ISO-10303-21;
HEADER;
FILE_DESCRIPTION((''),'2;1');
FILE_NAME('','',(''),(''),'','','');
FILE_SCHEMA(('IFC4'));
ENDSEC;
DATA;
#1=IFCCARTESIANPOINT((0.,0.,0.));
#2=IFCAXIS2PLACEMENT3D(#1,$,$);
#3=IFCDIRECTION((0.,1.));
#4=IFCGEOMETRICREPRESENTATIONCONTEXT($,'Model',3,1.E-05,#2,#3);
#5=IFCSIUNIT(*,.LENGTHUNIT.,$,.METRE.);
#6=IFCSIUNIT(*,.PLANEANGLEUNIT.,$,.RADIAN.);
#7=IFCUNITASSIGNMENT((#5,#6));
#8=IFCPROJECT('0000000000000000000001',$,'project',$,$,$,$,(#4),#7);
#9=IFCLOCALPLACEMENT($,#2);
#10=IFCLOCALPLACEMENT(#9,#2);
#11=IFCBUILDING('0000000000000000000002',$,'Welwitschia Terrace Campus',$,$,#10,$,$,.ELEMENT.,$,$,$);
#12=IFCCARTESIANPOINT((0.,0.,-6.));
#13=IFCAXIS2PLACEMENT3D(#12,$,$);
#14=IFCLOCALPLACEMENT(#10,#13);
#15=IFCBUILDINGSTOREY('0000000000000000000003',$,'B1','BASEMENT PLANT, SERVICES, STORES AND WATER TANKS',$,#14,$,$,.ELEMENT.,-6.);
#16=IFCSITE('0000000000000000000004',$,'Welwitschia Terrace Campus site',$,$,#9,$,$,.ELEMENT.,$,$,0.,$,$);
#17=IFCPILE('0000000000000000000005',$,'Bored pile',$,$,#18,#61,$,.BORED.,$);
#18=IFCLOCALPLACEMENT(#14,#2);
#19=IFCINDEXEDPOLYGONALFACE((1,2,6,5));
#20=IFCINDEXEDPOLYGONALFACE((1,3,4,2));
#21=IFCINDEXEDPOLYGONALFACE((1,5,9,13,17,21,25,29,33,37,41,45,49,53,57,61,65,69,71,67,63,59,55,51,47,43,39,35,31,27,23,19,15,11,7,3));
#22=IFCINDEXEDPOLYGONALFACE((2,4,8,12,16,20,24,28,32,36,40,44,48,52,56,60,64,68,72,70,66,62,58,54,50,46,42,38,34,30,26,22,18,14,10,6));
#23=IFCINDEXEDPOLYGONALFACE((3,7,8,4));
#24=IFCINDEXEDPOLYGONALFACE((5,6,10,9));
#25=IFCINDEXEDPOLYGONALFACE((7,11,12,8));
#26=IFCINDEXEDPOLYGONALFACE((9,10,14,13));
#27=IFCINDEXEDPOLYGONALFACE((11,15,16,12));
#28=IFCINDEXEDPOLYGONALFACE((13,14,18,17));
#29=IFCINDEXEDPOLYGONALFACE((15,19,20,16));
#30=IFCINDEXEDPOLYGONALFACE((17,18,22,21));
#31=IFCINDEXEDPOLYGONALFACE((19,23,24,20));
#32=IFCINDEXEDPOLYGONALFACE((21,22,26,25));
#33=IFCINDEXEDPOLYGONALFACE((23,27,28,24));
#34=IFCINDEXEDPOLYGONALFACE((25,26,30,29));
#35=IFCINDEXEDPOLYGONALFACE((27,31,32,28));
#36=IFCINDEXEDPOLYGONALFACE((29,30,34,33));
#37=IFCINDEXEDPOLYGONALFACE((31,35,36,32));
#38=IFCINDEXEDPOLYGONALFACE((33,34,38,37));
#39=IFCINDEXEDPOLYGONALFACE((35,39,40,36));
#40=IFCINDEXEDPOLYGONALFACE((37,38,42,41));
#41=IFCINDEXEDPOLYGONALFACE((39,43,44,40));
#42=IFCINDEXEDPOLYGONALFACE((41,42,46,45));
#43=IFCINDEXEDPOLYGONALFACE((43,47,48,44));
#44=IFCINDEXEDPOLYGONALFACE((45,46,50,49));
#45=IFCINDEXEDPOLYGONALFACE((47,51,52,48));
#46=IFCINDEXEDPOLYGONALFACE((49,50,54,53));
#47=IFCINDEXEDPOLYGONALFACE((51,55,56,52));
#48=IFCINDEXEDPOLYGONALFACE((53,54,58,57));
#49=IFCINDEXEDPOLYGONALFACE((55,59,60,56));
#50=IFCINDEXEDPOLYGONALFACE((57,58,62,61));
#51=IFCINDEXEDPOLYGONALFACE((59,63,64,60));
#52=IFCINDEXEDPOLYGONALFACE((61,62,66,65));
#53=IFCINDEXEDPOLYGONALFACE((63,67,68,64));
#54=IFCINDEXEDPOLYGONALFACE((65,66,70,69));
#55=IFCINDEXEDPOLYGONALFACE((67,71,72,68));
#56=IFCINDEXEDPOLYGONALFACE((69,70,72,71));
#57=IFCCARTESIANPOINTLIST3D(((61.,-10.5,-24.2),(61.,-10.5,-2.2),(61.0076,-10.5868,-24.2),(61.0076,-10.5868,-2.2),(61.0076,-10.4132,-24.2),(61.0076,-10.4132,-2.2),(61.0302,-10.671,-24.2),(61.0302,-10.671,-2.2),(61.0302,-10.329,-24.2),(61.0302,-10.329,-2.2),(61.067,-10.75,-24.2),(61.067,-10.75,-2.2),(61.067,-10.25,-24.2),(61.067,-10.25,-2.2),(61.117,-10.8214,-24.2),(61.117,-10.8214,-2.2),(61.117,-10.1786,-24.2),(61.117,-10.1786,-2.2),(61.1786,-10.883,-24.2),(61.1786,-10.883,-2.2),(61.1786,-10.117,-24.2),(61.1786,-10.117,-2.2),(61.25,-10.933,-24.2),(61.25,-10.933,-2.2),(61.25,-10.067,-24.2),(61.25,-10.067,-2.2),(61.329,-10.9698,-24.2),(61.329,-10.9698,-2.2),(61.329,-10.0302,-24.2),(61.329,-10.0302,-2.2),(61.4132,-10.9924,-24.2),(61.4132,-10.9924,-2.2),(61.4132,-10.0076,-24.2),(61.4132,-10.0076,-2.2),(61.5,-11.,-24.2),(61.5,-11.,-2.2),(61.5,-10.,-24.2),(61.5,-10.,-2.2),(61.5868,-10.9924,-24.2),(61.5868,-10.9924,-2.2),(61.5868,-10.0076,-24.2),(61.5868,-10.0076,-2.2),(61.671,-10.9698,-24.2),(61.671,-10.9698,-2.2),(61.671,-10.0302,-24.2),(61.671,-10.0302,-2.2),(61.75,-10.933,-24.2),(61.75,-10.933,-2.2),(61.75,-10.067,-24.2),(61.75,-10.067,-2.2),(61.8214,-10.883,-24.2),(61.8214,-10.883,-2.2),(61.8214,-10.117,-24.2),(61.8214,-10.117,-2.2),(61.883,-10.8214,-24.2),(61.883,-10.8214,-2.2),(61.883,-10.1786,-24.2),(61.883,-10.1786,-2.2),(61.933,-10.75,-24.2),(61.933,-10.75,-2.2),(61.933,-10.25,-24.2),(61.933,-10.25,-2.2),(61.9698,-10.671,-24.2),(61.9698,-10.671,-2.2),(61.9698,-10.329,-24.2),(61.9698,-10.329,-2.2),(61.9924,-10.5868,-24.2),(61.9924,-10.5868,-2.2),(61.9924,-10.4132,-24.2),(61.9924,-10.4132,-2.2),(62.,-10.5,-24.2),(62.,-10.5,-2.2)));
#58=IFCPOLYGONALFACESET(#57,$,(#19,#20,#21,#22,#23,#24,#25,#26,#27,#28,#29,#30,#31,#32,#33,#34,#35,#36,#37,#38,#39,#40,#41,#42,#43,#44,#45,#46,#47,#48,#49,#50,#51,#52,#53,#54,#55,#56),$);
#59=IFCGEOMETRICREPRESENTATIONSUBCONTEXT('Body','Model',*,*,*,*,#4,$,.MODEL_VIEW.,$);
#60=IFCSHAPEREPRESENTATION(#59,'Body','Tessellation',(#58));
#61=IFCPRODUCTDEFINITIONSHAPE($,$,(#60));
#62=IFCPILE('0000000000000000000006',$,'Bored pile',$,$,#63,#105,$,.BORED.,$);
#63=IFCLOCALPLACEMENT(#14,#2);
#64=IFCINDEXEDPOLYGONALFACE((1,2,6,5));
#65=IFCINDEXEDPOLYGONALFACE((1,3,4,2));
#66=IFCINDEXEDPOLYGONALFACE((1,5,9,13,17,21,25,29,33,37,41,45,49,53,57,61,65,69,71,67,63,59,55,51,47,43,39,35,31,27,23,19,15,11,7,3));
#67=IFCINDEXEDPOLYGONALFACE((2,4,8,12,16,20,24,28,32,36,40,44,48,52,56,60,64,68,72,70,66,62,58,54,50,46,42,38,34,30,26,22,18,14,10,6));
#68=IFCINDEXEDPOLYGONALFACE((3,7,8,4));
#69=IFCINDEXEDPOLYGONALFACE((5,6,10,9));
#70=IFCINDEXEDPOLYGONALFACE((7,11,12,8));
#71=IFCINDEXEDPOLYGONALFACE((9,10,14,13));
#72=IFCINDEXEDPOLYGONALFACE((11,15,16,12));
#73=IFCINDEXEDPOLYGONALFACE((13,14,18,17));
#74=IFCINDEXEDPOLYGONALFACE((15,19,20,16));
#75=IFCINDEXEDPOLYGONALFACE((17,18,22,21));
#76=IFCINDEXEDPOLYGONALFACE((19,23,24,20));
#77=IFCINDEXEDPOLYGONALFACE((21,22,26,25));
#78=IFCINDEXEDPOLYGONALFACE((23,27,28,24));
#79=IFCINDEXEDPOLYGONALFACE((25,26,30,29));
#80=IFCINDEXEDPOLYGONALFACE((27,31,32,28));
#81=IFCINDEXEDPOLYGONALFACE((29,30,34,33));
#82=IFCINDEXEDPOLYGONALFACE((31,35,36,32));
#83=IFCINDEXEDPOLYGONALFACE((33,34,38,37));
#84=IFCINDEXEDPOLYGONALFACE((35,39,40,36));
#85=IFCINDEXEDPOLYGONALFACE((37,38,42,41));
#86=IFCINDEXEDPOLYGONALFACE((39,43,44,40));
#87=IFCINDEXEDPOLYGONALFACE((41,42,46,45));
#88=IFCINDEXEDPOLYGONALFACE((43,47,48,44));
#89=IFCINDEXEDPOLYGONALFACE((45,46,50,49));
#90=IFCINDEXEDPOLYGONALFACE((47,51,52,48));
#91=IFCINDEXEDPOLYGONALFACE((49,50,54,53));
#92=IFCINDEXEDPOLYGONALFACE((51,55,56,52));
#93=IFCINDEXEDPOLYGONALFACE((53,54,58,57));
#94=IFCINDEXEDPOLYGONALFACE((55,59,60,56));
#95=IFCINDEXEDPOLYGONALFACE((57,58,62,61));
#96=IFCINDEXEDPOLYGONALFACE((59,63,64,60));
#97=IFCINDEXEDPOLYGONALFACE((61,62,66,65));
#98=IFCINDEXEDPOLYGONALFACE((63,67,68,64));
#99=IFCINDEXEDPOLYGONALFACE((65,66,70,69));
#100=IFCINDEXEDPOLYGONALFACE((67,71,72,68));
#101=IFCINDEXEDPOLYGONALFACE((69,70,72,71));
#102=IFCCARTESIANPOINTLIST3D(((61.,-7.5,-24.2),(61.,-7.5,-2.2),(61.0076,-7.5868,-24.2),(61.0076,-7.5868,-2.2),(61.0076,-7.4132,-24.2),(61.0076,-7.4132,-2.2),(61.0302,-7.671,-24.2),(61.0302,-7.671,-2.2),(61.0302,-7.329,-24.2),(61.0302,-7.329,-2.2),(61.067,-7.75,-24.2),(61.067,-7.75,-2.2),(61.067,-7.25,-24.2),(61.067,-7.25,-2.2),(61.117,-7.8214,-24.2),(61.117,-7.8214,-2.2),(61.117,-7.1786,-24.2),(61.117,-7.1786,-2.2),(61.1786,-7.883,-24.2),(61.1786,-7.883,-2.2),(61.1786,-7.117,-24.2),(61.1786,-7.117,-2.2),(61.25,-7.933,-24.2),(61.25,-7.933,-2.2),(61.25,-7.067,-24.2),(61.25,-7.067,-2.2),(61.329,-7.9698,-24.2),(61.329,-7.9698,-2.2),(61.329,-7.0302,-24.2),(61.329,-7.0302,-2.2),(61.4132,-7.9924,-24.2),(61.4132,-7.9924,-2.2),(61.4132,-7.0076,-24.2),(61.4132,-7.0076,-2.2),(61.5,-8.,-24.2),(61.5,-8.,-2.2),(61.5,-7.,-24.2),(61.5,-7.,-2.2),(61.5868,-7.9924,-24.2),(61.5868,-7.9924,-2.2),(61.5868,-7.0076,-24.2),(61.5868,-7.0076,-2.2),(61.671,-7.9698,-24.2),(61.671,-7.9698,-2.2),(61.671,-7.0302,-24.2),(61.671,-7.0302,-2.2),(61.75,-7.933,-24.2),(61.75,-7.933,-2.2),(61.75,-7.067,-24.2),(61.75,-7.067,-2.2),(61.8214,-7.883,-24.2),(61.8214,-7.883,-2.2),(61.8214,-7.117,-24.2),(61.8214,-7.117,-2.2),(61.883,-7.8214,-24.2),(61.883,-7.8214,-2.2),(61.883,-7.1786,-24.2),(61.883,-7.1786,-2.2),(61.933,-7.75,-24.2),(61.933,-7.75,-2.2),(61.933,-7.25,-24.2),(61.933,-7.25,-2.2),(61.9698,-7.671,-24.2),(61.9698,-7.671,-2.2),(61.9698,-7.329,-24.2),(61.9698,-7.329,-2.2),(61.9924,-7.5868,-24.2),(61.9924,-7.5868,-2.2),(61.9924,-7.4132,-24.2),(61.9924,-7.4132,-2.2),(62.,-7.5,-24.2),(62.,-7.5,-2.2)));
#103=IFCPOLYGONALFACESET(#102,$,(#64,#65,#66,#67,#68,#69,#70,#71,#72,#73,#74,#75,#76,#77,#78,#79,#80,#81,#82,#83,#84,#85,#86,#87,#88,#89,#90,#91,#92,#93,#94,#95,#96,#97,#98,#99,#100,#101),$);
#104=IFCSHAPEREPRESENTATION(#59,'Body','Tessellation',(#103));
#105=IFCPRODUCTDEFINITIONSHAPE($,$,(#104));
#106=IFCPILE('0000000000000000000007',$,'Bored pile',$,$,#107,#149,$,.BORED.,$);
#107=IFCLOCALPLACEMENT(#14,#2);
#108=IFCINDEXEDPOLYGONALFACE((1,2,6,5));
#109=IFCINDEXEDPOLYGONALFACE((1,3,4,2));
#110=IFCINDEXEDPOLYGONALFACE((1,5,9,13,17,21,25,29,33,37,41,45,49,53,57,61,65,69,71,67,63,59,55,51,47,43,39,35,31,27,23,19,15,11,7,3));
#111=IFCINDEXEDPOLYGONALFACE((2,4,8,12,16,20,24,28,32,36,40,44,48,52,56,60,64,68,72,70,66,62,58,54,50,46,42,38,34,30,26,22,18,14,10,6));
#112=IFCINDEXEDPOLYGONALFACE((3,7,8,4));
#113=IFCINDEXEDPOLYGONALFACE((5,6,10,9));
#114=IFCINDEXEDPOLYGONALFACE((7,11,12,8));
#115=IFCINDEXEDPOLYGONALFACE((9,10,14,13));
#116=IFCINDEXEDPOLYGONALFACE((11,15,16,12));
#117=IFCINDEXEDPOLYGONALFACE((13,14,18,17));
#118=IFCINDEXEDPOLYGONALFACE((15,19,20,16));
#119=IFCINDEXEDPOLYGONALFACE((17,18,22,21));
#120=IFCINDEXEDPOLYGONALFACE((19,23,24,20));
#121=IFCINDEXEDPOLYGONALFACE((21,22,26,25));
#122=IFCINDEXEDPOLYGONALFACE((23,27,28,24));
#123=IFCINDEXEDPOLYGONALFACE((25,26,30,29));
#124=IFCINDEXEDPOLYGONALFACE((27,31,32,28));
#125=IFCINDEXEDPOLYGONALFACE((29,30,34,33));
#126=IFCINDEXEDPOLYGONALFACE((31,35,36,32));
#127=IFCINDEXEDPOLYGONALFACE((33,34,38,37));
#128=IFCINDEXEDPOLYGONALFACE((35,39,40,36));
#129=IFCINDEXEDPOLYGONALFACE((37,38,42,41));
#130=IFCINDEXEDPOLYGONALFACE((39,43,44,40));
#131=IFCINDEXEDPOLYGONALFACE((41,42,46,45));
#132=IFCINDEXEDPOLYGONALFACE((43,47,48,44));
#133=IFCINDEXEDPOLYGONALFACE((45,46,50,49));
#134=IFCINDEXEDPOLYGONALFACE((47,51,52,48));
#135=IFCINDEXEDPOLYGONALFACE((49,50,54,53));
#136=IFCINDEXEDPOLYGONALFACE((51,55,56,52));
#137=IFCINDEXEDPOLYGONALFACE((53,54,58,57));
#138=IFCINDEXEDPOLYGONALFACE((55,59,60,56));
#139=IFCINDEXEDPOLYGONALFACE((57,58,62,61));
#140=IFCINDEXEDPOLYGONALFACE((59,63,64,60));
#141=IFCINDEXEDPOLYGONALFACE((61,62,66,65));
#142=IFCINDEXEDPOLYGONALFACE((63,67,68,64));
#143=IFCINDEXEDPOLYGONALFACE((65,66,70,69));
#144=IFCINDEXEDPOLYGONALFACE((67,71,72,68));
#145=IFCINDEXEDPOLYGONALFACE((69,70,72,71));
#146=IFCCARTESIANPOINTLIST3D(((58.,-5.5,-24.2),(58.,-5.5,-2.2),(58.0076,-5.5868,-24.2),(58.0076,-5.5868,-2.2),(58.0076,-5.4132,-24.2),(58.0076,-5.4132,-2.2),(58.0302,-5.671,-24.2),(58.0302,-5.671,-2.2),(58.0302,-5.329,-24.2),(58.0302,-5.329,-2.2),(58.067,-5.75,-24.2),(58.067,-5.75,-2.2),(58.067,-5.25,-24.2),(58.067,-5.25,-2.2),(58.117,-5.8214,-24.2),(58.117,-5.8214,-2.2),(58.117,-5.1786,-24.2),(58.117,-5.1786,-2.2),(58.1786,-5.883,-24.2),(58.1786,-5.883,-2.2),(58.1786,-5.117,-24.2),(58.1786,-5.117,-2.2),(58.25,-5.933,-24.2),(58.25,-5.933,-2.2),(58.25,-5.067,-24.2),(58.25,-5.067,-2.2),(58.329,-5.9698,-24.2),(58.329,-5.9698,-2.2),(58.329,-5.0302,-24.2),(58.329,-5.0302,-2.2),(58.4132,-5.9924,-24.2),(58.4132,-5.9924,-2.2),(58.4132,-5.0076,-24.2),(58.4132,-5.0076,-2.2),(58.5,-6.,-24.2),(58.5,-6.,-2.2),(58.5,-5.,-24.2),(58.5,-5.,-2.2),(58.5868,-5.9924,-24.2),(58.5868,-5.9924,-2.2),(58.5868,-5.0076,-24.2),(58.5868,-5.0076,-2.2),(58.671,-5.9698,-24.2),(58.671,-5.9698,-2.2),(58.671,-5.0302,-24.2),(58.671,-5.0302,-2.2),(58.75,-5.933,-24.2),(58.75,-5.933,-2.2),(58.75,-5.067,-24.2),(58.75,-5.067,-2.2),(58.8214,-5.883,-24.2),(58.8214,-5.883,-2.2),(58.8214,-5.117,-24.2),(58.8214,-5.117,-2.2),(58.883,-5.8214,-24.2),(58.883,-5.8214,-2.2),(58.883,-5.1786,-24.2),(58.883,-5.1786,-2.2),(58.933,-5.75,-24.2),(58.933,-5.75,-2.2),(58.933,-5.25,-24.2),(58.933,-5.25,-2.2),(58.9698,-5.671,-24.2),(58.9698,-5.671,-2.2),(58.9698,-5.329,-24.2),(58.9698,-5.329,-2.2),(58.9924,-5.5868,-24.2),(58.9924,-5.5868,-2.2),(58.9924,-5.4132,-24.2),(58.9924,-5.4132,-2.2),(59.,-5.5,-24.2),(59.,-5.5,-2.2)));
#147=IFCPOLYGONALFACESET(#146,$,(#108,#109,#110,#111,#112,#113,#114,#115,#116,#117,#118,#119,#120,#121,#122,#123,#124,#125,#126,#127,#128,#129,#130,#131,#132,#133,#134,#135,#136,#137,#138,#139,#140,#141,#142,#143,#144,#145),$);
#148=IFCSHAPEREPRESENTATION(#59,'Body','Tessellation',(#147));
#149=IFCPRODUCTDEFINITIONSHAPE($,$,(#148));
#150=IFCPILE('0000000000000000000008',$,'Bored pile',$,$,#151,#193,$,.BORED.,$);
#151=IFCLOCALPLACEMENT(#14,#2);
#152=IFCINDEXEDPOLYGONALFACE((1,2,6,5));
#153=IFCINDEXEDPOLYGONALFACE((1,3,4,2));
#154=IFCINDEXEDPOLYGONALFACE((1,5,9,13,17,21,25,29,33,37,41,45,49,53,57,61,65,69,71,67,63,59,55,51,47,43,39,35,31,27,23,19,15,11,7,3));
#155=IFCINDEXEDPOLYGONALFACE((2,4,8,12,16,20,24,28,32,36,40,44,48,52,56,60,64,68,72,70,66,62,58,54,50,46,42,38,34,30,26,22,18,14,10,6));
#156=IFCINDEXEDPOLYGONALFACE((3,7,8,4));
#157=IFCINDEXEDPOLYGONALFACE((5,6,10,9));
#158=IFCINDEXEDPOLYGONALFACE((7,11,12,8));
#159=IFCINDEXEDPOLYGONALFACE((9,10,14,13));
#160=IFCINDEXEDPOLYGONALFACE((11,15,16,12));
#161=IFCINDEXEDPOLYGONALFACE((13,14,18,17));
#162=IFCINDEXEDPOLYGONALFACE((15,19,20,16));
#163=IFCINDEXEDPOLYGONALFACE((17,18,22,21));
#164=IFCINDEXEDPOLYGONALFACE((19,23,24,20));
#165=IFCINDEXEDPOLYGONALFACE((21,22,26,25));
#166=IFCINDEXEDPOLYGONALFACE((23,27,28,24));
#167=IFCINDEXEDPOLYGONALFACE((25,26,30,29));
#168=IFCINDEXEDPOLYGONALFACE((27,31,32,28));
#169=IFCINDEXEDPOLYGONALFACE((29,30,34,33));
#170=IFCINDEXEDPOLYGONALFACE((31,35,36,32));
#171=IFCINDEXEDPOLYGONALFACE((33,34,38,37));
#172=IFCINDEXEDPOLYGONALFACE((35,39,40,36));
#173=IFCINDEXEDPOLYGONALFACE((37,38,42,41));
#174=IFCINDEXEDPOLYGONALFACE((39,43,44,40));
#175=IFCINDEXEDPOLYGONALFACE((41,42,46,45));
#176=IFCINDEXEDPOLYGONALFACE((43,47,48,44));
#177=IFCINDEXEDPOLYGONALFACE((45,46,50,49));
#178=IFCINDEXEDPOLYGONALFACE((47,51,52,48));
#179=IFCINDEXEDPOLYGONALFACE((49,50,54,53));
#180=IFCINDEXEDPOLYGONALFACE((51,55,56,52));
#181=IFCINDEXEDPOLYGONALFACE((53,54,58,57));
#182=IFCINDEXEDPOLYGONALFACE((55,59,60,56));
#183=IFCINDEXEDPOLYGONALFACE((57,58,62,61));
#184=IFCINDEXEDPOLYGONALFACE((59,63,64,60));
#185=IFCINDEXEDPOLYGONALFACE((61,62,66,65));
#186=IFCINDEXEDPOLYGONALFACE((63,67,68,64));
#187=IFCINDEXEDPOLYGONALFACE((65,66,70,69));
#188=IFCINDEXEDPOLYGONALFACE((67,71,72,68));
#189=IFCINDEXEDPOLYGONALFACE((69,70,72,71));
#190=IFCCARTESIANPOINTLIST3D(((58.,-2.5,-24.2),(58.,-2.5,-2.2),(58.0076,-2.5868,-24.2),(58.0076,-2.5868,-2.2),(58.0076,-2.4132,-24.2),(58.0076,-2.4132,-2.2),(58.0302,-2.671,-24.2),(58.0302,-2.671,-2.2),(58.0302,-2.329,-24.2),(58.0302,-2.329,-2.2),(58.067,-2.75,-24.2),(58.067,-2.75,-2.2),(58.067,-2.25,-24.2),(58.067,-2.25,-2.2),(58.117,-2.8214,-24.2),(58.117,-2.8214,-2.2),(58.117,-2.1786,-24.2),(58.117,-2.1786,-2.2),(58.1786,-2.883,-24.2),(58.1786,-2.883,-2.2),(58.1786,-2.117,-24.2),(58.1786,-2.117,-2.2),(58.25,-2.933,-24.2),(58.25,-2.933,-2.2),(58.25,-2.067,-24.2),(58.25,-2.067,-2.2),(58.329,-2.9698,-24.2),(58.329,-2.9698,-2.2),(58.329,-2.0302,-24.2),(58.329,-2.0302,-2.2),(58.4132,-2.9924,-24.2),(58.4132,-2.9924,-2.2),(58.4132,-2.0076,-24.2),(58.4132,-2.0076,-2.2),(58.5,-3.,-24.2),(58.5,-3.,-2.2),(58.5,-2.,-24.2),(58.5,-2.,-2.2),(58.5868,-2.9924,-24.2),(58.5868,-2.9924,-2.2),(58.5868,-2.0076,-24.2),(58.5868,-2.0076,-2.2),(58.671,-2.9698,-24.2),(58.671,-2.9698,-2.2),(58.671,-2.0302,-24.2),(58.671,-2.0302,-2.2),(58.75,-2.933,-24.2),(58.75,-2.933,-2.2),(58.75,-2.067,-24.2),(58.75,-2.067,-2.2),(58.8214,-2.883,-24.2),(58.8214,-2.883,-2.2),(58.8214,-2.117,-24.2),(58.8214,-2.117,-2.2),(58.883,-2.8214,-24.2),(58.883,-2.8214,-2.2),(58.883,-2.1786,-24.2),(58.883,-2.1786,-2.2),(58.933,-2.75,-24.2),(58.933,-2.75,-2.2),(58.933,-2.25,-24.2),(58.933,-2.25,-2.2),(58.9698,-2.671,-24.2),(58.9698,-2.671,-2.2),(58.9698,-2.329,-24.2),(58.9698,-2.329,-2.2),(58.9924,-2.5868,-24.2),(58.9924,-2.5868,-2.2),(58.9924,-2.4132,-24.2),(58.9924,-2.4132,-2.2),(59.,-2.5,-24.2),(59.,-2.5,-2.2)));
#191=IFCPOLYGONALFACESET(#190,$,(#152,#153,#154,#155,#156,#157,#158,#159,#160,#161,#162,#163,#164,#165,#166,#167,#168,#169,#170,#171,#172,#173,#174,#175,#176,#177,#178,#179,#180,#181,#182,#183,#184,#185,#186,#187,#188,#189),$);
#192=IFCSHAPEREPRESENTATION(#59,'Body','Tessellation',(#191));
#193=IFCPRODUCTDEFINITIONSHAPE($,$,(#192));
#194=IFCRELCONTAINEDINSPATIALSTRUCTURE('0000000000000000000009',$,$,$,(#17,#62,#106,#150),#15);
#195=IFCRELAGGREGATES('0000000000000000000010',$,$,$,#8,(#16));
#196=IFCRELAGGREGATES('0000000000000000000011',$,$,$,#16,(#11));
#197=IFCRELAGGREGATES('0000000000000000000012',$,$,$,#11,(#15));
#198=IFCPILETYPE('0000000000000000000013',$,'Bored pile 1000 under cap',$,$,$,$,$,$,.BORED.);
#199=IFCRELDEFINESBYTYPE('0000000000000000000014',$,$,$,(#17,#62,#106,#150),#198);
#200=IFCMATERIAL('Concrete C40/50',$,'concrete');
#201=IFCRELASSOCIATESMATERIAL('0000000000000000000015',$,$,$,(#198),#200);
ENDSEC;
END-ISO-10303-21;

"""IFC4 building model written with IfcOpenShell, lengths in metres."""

from ifc_helpers import new_model, si_unit, direction, frame, origin, origin_2d, place, context, subcontext, project, spatial, circle, extrude, material, type_object, element, save


model = new_model("IFC4")

# Units and contexts
model_context = context("Model", 3, precision=1e-05, world=origin(), true_north=direction((0.0, 1.0)))
body_context = subcontext(model_context, "Body", "Model", "MODEL_VIEW")
ifc_project = project(units=[si_unit("LENGTHUNIT", "METRE"), si_unit("PLANEANGLEUNIT", "RADIAN")], contexts=[model_context])

# Site, building, storey
site_placement = place(None, origin())
site = spatial("IfcSite", under=ifc_project, at=site_placement, Name="Welwitschia Terrace Campus site", CompositionType="ELEMENT", RefElevation=0.0)
building_placement = place(site_placement, origin())
building = spatial("IfcBuilding", under=site, at=building_placement, Name="Welwitschia Terrace Campus", CompositionType="ELEMENT")
storey_placement = place(building_placement, frame((0.0, 0.0, -6.0)))
storey = spatial("IfcBuildingStorey", under=building, at=storey_placement, Name="B1", Description="BASEMENT PLANT, SERVICES, STORES AND WATER TANKS", CompositionType="ELEMENT", Elevation=-6.0)

# Piles
ifc_material_1 = material(Name="Concrete C40/50", Category="concrete")
pile_type = type_object("IfcPileType", Name="Bored pile 1000 under cap", PredefinedType="BORED", material=ifc_material_1)
for number, where, z_axis, x_axis, name in (
    (1, (61.5, -10.5, -2.2), (0.0, 0.0, -1.0), (1.0, 0.0, 0.0), "Bored pile"),
    (2, (61.5, -7.5, -2.2), (0.0, 0.0, -1.0), (1.0, 0.0, 0.0), "Bored pile"),
    (3, (58.5, -5.5, -2.2), (0.0, 0.0, -1.0), (1.0, 0.0, 0.0), "Bored pile"),
    (4, (58.5, -2.5, -2.2), (0.0, 0.0, -1.0), (1.0, 0.0, 0.0), "Bored pile"),
):
    element("IfcPile", number, at=place(storey_placement, frame(where, z_axis=z_axis, x_axis=x_axis)), inside=storey, type_object=pile_type, Name=name, PredefinedType="BORED", context=body_context, shape_type="SweptSolid", body=[
        extrude(circle(Radius=0.5, at=origin_2d()), origin(), (0.0, 0.0, 1.0), 22.0),
    ])

save(model, "model.ifc")
